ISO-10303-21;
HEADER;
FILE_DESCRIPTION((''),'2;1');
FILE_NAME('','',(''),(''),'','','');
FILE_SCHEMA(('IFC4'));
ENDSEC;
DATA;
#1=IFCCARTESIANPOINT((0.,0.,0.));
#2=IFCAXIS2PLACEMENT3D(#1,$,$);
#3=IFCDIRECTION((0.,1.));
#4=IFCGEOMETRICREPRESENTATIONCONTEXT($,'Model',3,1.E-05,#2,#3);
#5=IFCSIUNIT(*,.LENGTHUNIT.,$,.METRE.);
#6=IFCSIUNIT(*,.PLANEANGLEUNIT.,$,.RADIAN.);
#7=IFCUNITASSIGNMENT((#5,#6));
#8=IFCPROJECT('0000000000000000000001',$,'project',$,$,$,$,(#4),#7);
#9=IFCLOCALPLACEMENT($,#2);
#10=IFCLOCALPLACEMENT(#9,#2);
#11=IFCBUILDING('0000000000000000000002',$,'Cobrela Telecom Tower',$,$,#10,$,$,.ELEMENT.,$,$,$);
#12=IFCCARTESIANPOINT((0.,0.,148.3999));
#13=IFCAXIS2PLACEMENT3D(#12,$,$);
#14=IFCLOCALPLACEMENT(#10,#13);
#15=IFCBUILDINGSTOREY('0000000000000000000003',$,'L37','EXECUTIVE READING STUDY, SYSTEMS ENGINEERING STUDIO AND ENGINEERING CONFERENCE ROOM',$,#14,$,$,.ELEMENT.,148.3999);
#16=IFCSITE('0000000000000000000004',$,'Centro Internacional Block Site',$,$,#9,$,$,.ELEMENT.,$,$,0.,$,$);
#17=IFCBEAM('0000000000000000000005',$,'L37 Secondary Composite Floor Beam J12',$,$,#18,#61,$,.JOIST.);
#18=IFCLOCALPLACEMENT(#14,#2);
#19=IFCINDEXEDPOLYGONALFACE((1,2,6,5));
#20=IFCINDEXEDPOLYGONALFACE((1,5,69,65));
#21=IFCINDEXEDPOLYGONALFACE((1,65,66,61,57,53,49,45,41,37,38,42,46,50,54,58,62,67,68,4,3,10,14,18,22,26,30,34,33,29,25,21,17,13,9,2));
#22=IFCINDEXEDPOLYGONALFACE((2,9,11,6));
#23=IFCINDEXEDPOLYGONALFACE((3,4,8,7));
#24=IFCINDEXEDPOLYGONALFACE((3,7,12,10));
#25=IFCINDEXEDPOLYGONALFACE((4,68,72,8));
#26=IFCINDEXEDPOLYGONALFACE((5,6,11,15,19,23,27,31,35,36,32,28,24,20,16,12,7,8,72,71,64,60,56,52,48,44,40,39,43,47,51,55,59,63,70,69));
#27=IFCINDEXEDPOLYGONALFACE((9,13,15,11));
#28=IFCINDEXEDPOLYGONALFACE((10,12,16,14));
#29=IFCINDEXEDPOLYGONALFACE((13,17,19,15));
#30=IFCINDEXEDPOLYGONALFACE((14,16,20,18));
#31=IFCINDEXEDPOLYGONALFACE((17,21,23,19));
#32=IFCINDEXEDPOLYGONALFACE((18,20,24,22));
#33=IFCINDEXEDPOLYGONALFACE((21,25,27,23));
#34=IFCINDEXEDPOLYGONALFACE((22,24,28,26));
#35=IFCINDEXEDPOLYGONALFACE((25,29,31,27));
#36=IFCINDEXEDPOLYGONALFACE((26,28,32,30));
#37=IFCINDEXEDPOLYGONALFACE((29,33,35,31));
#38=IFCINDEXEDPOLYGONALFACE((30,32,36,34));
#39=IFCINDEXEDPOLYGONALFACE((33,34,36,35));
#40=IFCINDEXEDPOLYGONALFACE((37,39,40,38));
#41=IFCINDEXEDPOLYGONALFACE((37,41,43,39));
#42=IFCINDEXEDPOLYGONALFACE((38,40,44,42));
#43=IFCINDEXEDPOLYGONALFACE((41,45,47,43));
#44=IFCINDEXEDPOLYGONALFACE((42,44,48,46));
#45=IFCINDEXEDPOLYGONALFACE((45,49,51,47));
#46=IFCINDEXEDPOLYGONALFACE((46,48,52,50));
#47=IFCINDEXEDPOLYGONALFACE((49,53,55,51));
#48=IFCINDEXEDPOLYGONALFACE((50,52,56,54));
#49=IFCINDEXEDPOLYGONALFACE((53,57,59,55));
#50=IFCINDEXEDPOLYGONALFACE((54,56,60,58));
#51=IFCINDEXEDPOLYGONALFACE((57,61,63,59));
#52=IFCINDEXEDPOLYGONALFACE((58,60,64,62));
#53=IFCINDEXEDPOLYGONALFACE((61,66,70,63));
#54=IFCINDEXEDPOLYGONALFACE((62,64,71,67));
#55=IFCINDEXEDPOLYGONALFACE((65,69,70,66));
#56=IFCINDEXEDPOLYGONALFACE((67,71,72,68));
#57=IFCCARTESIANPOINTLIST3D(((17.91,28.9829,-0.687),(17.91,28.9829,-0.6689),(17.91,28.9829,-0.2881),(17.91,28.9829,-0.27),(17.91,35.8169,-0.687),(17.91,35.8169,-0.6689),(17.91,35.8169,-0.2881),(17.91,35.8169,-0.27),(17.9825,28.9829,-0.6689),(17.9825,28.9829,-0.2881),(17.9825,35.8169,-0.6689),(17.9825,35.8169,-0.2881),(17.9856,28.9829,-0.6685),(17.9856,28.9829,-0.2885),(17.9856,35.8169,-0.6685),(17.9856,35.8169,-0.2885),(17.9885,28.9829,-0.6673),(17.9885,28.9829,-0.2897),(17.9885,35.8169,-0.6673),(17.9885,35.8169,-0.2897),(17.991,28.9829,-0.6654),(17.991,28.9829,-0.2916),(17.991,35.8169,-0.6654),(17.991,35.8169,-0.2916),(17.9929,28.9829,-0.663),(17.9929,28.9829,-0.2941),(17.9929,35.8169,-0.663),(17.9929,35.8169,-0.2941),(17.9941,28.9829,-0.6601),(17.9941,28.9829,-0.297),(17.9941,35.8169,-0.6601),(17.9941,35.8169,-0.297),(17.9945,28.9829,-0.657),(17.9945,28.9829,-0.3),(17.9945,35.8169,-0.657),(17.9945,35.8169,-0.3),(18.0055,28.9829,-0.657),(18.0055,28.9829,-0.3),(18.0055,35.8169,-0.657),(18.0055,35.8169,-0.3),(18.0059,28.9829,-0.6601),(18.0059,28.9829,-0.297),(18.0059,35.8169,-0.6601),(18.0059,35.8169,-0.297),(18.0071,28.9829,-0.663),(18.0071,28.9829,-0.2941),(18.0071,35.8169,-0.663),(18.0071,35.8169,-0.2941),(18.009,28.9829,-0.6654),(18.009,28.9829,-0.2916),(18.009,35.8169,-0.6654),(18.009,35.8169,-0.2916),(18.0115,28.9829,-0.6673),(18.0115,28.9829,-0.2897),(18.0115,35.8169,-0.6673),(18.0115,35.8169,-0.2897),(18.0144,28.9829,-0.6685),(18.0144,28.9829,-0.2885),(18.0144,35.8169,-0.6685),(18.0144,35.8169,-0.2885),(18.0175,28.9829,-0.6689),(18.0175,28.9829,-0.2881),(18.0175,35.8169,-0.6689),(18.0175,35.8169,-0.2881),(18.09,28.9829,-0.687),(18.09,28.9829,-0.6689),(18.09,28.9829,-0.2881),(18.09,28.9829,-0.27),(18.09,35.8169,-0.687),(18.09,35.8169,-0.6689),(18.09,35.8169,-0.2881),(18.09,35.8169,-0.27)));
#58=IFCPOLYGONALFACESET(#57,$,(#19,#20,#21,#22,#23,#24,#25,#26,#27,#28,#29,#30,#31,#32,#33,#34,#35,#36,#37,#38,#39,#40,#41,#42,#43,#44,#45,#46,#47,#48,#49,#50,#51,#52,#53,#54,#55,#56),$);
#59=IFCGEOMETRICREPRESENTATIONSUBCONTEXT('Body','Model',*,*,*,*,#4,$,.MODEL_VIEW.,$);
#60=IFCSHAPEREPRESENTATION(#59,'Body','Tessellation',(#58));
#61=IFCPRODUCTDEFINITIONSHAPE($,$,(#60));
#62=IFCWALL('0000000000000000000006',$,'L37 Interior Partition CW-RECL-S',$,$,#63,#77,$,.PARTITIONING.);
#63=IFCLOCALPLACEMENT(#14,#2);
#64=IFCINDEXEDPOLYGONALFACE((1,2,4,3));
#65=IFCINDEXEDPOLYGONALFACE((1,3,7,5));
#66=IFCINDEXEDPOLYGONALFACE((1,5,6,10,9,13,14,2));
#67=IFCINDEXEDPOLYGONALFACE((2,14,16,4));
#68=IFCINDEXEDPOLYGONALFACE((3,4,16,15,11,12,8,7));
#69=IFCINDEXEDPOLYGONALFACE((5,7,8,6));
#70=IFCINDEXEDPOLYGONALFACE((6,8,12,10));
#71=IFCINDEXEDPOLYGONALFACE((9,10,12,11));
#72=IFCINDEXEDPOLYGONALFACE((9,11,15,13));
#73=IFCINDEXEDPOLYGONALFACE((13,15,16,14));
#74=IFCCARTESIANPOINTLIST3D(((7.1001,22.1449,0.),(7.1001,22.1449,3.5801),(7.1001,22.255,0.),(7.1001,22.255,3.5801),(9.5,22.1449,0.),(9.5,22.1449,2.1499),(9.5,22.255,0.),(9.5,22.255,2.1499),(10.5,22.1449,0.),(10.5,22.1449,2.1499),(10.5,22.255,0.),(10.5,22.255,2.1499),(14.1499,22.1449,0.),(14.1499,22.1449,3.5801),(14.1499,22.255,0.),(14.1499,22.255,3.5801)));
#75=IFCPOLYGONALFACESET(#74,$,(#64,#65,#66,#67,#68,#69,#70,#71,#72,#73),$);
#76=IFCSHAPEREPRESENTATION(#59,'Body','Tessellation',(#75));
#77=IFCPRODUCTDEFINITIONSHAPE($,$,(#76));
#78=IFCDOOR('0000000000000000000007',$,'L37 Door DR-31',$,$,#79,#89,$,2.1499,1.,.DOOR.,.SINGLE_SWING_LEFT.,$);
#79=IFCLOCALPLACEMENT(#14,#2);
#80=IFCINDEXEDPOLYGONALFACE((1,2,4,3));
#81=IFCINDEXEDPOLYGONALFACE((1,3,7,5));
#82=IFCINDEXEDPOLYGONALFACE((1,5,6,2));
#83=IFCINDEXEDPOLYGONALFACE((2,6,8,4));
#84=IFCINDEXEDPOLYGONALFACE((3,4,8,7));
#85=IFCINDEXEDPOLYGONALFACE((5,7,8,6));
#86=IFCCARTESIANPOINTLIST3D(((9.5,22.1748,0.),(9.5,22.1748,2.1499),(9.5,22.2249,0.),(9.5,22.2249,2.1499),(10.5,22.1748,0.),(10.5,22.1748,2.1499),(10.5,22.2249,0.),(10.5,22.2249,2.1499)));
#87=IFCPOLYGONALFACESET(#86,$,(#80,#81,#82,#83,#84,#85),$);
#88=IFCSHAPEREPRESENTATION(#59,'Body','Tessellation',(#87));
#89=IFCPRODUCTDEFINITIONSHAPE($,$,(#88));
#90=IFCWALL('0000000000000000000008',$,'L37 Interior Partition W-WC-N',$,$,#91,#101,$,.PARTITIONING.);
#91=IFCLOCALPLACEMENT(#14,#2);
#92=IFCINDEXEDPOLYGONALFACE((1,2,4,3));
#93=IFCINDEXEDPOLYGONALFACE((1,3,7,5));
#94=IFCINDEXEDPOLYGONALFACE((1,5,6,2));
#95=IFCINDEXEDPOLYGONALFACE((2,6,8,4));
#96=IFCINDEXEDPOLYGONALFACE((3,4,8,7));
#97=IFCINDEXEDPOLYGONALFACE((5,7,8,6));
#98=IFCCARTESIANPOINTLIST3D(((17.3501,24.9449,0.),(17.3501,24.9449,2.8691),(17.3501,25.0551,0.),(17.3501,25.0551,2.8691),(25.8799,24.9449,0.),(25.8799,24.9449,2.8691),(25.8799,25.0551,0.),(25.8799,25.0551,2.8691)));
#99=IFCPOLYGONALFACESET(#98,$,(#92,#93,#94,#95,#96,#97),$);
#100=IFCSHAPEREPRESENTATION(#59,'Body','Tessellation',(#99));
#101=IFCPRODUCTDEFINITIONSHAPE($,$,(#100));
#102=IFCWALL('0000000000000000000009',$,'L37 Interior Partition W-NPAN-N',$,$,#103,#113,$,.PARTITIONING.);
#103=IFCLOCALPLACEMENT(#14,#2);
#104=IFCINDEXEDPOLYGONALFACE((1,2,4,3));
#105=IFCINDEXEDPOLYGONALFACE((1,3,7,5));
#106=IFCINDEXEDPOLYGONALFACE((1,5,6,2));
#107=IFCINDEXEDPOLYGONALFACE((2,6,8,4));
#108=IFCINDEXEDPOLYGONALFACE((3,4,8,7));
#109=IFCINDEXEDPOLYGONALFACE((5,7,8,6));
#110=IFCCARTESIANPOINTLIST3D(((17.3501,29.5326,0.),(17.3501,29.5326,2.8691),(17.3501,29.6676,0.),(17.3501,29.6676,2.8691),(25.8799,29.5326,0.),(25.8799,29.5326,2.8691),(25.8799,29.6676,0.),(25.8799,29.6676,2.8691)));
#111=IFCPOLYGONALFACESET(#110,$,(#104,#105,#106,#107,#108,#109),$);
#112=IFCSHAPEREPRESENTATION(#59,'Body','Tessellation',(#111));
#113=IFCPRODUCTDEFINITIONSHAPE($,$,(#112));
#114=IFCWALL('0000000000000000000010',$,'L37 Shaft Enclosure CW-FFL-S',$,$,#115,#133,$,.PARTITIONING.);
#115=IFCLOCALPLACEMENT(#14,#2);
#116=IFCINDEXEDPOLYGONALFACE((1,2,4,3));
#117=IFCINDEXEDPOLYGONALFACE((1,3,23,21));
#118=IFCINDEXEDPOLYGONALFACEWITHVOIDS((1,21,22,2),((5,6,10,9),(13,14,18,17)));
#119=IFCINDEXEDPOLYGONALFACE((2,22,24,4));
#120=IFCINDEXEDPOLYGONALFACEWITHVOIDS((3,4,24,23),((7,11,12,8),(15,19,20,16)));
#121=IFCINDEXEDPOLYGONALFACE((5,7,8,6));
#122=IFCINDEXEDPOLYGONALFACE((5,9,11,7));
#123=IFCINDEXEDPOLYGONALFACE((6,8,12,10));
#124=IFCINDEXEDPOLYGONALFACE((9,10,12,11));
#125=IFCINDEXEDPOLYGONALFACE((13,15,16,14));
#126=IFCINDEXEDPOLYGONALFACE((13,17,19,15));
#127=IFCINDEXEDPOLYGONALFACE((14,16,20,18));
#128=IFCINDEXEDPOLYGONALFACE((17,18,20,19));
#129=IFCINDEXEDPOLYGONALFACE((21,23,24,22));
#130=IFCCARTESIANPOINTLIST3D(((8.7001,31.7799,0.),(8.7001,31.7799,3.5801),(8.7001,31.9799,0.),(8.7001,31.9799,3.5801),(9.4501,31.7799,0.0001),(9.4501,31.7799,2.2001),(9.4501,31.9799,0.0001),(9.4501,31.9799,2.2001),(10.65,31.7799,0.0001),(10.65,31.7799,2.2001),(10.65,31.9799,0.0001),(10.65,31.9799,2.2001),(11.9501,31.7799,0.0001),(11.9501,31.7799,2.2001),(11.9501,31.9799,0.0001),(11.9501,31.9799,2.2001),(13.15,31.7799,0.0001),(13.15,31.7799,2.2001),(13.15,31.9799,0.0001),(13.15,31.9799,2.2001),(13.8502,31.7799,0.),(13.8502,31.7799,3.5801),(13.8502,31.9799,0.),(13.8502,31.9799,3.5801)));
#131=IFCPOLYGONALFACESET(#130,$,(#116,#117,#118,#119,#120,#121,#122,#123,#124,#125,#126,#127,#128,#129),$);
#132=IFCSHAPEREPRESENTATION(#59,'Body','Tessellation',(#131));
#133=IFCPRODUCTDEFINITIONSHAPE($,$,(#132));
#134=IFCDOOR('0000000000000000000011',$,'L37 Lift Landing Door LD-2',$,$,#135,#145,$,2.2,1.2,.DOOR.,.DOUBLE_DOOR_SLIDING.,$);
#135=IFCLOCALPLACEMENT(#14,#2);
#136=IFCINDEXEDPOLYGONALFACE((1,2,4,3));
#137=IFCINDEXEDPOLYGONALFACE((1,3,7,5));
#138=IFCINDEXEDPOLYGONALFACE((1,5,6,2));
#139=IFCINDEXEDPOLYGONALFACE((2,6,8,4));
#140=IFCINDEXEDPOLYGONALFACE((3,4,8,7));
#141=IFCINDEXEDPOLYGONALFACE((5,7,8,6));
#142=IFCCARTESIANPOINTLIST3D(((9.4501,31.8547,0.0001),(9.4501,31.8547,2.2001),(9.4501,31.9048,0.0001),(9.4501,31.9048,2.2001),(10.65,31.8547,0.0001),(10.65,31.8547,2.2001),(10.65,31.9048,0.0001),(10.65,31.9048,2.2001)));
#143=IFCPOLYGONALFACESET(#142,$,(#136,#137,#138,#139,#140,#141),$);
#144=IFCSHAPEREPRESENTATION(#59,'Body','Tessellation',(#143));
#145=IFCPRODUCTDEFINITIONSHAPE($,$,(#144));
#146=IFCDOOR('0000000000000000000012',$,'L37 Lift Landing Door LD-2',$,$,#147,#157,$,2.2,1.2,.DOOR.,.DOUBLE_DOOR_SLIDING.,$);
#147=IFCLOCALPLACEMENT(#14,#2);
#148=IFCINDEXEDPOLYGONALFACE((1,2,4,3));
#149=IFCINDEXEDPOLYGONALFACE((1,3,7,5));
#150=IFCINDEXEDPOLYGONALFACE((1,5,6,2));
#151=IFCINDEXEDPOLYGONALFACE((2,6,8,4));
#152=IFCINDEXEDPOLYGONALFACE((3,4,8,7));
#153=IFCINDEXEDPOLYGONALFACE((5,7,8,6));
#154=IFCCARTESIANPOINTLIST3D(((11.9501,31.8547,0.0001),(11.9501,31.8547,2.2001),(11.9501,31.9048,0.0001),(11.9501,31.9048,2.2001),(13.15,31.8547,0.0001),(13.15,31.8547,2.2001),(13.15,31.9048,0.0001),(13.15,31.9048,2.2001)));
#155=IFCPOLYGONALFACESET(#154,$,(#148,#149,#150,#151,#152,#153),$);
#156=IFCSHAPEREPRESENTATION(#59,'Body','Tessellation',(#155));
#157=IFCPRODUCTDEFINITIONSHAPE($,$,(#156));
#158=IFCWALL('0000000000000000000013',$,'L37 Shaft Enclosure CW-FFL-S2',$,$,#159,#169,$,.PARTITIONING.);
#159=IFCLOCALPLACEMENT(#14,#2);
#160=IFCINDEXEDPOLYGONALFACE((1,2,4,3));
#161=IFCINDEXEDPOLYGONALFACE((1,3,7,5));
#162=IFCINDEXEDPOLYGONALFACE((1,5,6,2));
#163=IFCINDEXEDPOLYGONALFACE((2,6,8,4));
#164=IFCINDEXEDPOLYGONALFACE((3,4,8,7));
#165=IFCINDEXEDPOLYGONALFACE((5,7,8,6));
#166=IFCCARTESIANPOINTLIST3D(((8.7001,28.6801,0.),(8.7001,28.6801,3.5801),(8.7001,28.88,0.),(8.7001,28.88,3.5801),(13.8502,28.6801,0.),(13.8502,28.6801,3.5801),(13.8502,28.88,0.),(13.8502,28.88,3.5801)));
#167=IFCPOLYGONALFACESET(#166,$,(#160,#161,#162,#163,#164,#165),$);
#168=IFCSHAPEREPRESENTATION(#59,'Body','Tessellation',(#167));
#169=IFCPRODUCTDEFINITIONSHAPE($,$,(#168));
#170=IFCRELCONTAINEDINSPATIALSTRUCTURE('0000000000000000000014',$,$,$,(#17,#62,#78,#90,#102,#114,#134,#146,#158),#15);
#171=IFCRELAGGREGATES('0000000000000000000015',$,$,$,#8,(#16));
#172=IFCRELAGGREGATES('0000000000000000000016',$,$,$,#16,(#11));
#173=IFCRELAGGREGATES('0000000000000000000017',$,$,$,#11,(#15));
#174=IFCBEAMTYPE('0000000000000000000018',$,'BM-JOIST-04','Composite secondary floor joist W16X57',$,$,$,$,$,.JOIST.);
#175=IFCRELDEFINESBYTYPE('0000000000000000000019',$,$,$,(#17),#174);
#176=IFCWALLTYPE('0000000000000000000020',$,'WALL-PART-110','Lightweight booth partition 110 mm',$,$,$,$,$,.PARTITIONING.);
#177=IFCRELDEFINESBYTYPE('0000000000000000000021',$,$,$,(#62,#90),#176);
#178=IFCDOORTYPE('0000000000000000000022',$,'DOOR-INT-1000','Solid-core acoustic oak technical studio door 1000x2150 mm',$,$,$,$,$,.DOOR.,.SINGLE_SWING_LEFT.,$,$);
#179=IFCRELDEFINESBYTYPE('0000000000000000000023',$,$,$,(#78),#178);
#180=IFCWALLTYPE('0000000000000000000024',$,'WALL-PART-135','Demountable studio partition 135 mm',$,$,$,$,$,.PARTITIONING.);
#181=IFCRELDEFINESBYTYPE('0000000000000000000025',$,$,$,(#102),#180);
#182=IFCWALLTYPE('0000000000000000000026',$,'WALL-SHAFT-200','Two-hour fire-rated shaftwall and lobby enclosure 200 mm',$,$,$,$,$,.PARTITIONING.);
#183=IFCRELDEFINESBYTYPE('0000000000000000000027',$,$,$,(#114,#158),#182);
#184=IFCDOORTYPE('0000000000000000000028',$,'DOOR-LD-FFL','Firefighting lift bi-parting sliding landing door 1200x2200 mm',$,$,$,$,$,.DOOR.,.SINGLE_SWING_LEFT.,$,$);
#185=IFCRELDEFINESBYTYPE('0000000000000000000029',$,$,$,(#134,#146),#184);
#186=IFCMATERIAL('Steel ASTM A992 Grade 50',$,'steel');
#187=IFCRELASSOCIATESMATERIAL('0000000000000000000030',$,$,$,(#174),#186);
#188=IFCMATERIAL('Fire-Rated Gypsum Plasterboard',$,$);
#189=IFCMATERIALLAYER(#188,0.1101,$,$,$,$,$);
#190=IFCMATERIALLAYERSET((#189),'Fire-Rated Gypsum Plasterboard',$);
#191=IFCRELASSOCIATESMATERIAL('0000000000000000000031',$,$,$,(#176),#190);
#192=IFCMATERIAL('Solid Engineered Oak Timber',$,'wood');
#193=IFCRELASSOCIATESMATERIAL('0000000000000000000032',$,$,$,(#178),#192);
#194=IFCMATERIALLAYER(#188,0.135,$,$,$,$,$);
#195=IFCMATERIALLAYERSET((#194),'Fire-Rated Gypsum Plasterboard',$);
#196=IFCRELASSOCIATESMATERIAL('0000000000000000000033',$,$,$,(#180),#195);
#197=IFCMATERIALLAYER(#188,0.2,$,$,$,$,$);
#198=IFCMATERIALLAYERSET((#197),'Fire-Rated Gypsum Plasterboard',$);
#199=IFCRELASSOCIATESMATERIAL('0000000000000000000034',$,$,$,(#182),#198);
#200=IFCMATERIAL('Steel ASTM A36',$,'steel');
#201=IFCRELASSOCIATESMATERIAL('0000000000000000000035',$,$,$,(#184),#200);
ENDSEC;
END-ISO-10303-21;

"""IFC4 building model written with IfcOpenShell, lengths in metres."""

from ifc_helpers import new_model, si_unit, direction, frame, frame_2d, origin, origin_2d, place, context, subcontext, project, spatial, rectangle, i_section, extrude, material, layer, layer_set, material_profile, profile_set, type_object, element, fill, save


model = new_model("IFC4")

# Units and contexts
model_context = context("Model", 3, precision=1e-05, world=origin(), true_north=direction((0.0, 1.0)))
body_context = subcontext(model_context, "Body", "Model", "MODEL_VIEW")
ifc_project = project(units=[si_unit("LENGTHUNIT", "METRE"), si_unit("PLANEANGLEUNIT", "RADIAN")], contexts=[model_context])

# Site, building, storey
site_placement = place(None, origin())
site = spatial("IfcSite", under=ifc_project, at=site_placement, Name="Centro Internacional Block Site", CompositionType="ELEMENT", RefElevation=0.0)
building_placement = place(site_placement, origin())
building = spatial("IfcBuilding", under=site, at=building_placement, Name="Cobrela Telecom Tower", CompositionType="ELEMENT")
storey_placement = place(building_placement, frame((0.0, 0.0, 148.3999)))
storey = spatial("IfcBuildingStorey", under=building, at=storey_placement, Name="L37", Description="EXECUTIVE READING STUDY, SYSTEMS ENGINEERING STUDIO AND ENGINEERING CONFERENCE ROOM", CompositionType="ELEMENT", Elevation=148.3999)

# Beam
ifc_material_1 = material(Name="Steel ASTM A992 Grade 50", Category="steel")
ifc_material_profile_1 = material_profile(ifc_material_1, i_section(OverallWidth=0.1799, OverallDepth=0.417, WebThickness=0.011, FlangeThickness=0.0181, FilletRadius=0.012, at=origin_2d()), Name="W16X57")
ifc_profile_set_1 = profile_set([ifc_material_profile_1], Name="Steel ASTM A992 Grade 50")
beam_type_1 = type_object("IfcBeamType", Name="BM-JOIST-04", Description="Composite secondary floor joist W16X57", PredefinedType="JOIST", material=ifc_profile_set_1)
for number, where, z_axis, x_axis, name in (
    (1, (18.0, 28.9829, -0.4785), (0.0, 1.0, 0.0), (-1.0, 0.0, 0.0), "L37 Secondary Composite Floor Beam J12"),
):
    element("IfcBeam", number, at=place(storey_placement, frame(where, z_axis=z_axis, x_axis=x_axis)), inside=storey, type_object=beam_type_1, Name=name, PredefinedType="JOIST", context=body_context, shape_type="SweptSolid", body=[
        extrude(i_section(OverallWidth=0.1799, OverallDepth=0.417, WebThickness=0.011, FlangeThickness=0.0181, FilletRadius=0.012, at=origin_2d()), origin(), (0.0, 0.0, 1.0), 6.834),
    ])

# Shared definitions
ifc_material_2 = material(Name="Steel ASTM A36", Category="steel")

# Wall, opening, door
ifc_material_3 = material(Name="Fire-Rated Gypsum Plasterboard")
ifc_layer_1 = layer(ifc_material_3, 0.1101)
ifc_layer_set_1 = layer_set([ifc_layer_1], Name="Fire-Rated Gypsum Plasterboard")
wall_type_1 = type_object("IfcWallType", Name="WALL-PART-110", Description="Lightweight booth partition 110 mm", PredefinedType="PARTITIONING", material=ifc_layer_set_1)
wall_1_placement = place(storey_placement, frame((7.1001, 22.2, 0.0), z_axis=(0.0, 0.0, 1.0), x_axis=(1.0, 0.0, 0.0)))
wall_1 = element("IfcWall", 2, at=wall_1_placement, inside=storey, type_object=wall_type_1, Name="L37 Interior Partition CW-RECL-S", PredefinedType="PARTITIONING", context=body_context, shape_type="SweptSolid", body=[
    extrude(rectangle(XDim=7.0498, YDim=0.1101, at=frame_2d((3.5249, 0.0))), origin(), (0.0, 0.0, 1.0), 3.5801),
])
opening_1_placement = place(wall_1_placement, frame((2.3999, 0.0, 0.0)))
opening_1 = element("IfcOpeningElement", 3, at=opening_1_placement, cuts=wall_1, PredefinedType="OPENING", context=body_context, shape_type="SweptSolid", body=[
    extrude(rectangle(XDim=1.0, YDim=2.1499, at=frame_2d((0.5, 1.075))), frame((0.0, 0.0669, 0.0), z_axis=(0.0, -1.0, 0.0), x_axis=(1.0, 0.0, 0.0)), (0.0, 0.0, 1.0), 0.134),
])
ifc_material_4 = material(Name="Solid Engineered Oak Timber", Category="wood")
door_type_1 = type_object("IfcDoorType", Name="DOOR-INT-1000", Description="Solid-core acoustic oak technical studio door 1000x2150 mm", OperationType="SINGLE_SWING_LEFT", PredefinedType="DOOR", material=ifc_material_4)
door_1_placement = place(opening_1_placement, origin())
door_1 = element("IfcDoor", 4, at=door_1_placement, inside=storey, type_object=door_type_1, Name="L37 Door DR-31", OperationType="SINGLE_SWING_LEFT", OverallHeight=2.1499, OverallWidth=1.0, PredefinedType="DOOR", context=body_context, shape_type="SweptSolid", body=[
    extrude(rectangle(XDim=1.0, YDim=2.1499, at=frame_2d((0.5, 1.075))), frame((0.0, 0.0249, 0.0), z_axis=(0.0, -1.0, 0.0), x_axis=(1.0, 0.0, 0.0)), (0.0, 0.0, 1.0), 0.05),
])
fill(opening_1, door_1)

# Walls
wall_2_placement = place(storey_placement, frame((17.3501, 25.0, 0.0), z_axis=(0.0, 0.0, 1.0), x_axis=(1.0, 0.0, 0.0)))
element("IfcWall", 5, at=wall_2_placement, inside=storey, type_object=wall_type_1, Name="L37 Interior Partition W-WC-N", PredefinedType="PARTITIONING", context=body_context, shape_type="SweptSolid", body=[
    extrude(rectangle(XDim=8.5298, YDim=0.1101, at=frame_2d((4.2649, 0.0))), origin(), (0.0, 0.0, 1.0), 2.8691),
])
ifc_layer_2 = layer(ifc_material_3, 0.135)
ifc_layer_set_2 = layer_set([ifc_layer_2], Name="Fire-Rated Gypsum Plasterboard")
wall_type_2 = type_object("IfcWallType", Name="WALL-PART-135", Description="Demountable studio partition 135 mm", PredefinedType="PARTITIONING", material=ifc_layer_set_2)
wall_3_placement = place(storey_placement, frame((17.3501, 29.6001, 0.0), z_axis=(0.0, 0.0, 1.0), x_axis=(1.0, 0.0, 0.0)))
element("IfcWall", 6, at=wall_3_placement, inside=storey, type_object=wall_type_2, Name="L37 Interior Partition W-NPAN-N", PredefinedType="PARTITIONING", context=body_context, shape_type="SweptSolid", body=[
    extrude(rectangle(XDim=8.5298, YDim=0.135, at=frame_2d((4.2649, 0.0))), origin(), (0.0, 0.0, 1.0), 2.8691),
])

# Wall, openings, doors
ifc_layer_3 = layer(ifc_material_3, 0.2)
ifc_layer_set_3 = layer_set([ifc_layer_3], Name="Fire-Rated Gypsum Plasterboard")
wall_type_3 = type_object("IfcWallType", Name="WALL-SHAFT-200", Description="Two-hour fire-rated shaftwall and lobby enclosure 200 mm", PredefinedType="PARTITIONING", material=ifc_layer_set_3)
wall_4_placement = place(storey_placement, frame((8.7, 31.8799, 0.0), z_axis=(0.0, 0.0, 1.0), x_axis=(1.0, 0.0, 0.0)))
wall_4 = element("IfcWall", 7, at=wall_4_placement, inside=storey, type_object=wall_type_3, Name="L37 Shaft Enclosure CW-FFL-S", PredefinedType="PARTITIONING", context=body_context, shape_type="SweptSolid", body=[
    extrude(rectangle(XDim=5.1501, YDim=0.2, at=frame_2d((2.5752, 0.0))), origin(), (0.0, 0.0, 1.0), 3.5801),
])
opening_2_placement = place(wall_4_placement, frame((0.75, 0.0, 0.0)))
opening_2 = element("IfcOpeningElement", 8, at=opening_2_placement, cuts=wall_4, PredefinedType="OPENING", context=body_context, shape_type="SweptSolid", body=[
    extrude(rectangle(XDim=1.2, YDim=2.2, at=frame_2d((0.6001, 1.1001))), frame((0.0, 0.1118, 0.0), z_axis=(0.0, -1.0, 0.0), x_axis=(1.0, 0.0, 0.0)), (0.0, 0.0, 1.0), 0.2239),
])
opening_3_placement = place(wall_4_placement, frame((3.25, 0.0, 0.0)))
opening_3 = element("IfcOpeningElement", 9, at=opening_3_placement, cuts=wall_4, PredefinedType="OPENING", context=body_context, shape_type="SweptSolid", body=[
    extrude(rectangle(XDim=1.2, YDim=2.2, at=frame_2d((0.6001, 1.1001))), frame((0.0, 0.1118, 0.0), z_axis=(0.0, -1.0, 0.0), x_axis=(1.0, 0.0, 0.0)), (0.0, 0.0, 1.0), 0.2239),
])
door_type_2 = type_object("IfcDoorType", Name="DOOR-LD-FFL", Description="Firefighting lift bi-parting sliding landing door 1200x2200 mm", OperationType="SINGLE_SWING_LEFT", PredefinedType="DOOR", material=ifc_material_2)
door_2_placement = place(opening_2_placement, origin())
door_2 = element("IfcDoor", 10, at=door_2_placement, inside=storey, type_object=door_type_2, Name="L37 Lift Landing Door LD-2", OperationType="DOUBLE_DOOR_SLIDING", OverallHeight=2.2, OverallWidth=1.2, PredefinedType="DOOR", context=body_context, shape_type="SweptSolid", body=[
    extrude(rectangle(XDim=1.2, YDim=2.2, at=frame_2d((0.6001, 1.1001))), frame((0.0, 0.0249, 0.0), z_axis=(0.0, -1.0, 0.0), x_axis=(1.0, 0.0, 0.0)), (0.0, 0.0, 1.0), 0.05),
])
fill(opening_2, door_2)
door_3_placement = place(opening_3_placement, origin())
door_3 = element("IfcDoor", 11, at=door_3_placement, inside=storey, type_object=door_type_2, Name="L37 Lift Landing Door LD-2", OperationType="DOUBLE_DOOR_SLIDING", OverallHeight=2.2, OverallWidth=1.2, PredefinedType="DOOR", context=body_context, shape_type="SweptSolid", body=[
    extrude(rectangle(XDim=1.2, YDim=2.2, at=frame_2d((0.6001, 1.1001))), frame((0.0, 0.0249, 0.0), z_axis=(0.0, -1.0, 0.0), x_axis=(1.0, 0.0, 0.0)), (0.0, 0.0, 1.0), 0.05),
])
fill(opening_3, door_3)

# Wall
wall_5_placement = place(storey_placement, frame((8.7, 28.78, 0.0), z_axis=(0.0, 0.0, 1.0), x_axis=(1.0, 0.0, 0.0)))
element("IfcWall", 12, at=wall_5_placement, inside=storey, type_object=wall_type_3, Name="L37 Shaft Enclosure CW-FFL-S2", PredefinedType="PARTITIONING", context=body_context, shape_type="SweptSolid", body=[
    extrude(rectangle(XDim=5.1501, YDim=0.2, at=frame_2d((2.5752, 0.0))), origin(), (0.0, 0.0, 1.0), 3.5801),
])

save(model, "model.ifc")
